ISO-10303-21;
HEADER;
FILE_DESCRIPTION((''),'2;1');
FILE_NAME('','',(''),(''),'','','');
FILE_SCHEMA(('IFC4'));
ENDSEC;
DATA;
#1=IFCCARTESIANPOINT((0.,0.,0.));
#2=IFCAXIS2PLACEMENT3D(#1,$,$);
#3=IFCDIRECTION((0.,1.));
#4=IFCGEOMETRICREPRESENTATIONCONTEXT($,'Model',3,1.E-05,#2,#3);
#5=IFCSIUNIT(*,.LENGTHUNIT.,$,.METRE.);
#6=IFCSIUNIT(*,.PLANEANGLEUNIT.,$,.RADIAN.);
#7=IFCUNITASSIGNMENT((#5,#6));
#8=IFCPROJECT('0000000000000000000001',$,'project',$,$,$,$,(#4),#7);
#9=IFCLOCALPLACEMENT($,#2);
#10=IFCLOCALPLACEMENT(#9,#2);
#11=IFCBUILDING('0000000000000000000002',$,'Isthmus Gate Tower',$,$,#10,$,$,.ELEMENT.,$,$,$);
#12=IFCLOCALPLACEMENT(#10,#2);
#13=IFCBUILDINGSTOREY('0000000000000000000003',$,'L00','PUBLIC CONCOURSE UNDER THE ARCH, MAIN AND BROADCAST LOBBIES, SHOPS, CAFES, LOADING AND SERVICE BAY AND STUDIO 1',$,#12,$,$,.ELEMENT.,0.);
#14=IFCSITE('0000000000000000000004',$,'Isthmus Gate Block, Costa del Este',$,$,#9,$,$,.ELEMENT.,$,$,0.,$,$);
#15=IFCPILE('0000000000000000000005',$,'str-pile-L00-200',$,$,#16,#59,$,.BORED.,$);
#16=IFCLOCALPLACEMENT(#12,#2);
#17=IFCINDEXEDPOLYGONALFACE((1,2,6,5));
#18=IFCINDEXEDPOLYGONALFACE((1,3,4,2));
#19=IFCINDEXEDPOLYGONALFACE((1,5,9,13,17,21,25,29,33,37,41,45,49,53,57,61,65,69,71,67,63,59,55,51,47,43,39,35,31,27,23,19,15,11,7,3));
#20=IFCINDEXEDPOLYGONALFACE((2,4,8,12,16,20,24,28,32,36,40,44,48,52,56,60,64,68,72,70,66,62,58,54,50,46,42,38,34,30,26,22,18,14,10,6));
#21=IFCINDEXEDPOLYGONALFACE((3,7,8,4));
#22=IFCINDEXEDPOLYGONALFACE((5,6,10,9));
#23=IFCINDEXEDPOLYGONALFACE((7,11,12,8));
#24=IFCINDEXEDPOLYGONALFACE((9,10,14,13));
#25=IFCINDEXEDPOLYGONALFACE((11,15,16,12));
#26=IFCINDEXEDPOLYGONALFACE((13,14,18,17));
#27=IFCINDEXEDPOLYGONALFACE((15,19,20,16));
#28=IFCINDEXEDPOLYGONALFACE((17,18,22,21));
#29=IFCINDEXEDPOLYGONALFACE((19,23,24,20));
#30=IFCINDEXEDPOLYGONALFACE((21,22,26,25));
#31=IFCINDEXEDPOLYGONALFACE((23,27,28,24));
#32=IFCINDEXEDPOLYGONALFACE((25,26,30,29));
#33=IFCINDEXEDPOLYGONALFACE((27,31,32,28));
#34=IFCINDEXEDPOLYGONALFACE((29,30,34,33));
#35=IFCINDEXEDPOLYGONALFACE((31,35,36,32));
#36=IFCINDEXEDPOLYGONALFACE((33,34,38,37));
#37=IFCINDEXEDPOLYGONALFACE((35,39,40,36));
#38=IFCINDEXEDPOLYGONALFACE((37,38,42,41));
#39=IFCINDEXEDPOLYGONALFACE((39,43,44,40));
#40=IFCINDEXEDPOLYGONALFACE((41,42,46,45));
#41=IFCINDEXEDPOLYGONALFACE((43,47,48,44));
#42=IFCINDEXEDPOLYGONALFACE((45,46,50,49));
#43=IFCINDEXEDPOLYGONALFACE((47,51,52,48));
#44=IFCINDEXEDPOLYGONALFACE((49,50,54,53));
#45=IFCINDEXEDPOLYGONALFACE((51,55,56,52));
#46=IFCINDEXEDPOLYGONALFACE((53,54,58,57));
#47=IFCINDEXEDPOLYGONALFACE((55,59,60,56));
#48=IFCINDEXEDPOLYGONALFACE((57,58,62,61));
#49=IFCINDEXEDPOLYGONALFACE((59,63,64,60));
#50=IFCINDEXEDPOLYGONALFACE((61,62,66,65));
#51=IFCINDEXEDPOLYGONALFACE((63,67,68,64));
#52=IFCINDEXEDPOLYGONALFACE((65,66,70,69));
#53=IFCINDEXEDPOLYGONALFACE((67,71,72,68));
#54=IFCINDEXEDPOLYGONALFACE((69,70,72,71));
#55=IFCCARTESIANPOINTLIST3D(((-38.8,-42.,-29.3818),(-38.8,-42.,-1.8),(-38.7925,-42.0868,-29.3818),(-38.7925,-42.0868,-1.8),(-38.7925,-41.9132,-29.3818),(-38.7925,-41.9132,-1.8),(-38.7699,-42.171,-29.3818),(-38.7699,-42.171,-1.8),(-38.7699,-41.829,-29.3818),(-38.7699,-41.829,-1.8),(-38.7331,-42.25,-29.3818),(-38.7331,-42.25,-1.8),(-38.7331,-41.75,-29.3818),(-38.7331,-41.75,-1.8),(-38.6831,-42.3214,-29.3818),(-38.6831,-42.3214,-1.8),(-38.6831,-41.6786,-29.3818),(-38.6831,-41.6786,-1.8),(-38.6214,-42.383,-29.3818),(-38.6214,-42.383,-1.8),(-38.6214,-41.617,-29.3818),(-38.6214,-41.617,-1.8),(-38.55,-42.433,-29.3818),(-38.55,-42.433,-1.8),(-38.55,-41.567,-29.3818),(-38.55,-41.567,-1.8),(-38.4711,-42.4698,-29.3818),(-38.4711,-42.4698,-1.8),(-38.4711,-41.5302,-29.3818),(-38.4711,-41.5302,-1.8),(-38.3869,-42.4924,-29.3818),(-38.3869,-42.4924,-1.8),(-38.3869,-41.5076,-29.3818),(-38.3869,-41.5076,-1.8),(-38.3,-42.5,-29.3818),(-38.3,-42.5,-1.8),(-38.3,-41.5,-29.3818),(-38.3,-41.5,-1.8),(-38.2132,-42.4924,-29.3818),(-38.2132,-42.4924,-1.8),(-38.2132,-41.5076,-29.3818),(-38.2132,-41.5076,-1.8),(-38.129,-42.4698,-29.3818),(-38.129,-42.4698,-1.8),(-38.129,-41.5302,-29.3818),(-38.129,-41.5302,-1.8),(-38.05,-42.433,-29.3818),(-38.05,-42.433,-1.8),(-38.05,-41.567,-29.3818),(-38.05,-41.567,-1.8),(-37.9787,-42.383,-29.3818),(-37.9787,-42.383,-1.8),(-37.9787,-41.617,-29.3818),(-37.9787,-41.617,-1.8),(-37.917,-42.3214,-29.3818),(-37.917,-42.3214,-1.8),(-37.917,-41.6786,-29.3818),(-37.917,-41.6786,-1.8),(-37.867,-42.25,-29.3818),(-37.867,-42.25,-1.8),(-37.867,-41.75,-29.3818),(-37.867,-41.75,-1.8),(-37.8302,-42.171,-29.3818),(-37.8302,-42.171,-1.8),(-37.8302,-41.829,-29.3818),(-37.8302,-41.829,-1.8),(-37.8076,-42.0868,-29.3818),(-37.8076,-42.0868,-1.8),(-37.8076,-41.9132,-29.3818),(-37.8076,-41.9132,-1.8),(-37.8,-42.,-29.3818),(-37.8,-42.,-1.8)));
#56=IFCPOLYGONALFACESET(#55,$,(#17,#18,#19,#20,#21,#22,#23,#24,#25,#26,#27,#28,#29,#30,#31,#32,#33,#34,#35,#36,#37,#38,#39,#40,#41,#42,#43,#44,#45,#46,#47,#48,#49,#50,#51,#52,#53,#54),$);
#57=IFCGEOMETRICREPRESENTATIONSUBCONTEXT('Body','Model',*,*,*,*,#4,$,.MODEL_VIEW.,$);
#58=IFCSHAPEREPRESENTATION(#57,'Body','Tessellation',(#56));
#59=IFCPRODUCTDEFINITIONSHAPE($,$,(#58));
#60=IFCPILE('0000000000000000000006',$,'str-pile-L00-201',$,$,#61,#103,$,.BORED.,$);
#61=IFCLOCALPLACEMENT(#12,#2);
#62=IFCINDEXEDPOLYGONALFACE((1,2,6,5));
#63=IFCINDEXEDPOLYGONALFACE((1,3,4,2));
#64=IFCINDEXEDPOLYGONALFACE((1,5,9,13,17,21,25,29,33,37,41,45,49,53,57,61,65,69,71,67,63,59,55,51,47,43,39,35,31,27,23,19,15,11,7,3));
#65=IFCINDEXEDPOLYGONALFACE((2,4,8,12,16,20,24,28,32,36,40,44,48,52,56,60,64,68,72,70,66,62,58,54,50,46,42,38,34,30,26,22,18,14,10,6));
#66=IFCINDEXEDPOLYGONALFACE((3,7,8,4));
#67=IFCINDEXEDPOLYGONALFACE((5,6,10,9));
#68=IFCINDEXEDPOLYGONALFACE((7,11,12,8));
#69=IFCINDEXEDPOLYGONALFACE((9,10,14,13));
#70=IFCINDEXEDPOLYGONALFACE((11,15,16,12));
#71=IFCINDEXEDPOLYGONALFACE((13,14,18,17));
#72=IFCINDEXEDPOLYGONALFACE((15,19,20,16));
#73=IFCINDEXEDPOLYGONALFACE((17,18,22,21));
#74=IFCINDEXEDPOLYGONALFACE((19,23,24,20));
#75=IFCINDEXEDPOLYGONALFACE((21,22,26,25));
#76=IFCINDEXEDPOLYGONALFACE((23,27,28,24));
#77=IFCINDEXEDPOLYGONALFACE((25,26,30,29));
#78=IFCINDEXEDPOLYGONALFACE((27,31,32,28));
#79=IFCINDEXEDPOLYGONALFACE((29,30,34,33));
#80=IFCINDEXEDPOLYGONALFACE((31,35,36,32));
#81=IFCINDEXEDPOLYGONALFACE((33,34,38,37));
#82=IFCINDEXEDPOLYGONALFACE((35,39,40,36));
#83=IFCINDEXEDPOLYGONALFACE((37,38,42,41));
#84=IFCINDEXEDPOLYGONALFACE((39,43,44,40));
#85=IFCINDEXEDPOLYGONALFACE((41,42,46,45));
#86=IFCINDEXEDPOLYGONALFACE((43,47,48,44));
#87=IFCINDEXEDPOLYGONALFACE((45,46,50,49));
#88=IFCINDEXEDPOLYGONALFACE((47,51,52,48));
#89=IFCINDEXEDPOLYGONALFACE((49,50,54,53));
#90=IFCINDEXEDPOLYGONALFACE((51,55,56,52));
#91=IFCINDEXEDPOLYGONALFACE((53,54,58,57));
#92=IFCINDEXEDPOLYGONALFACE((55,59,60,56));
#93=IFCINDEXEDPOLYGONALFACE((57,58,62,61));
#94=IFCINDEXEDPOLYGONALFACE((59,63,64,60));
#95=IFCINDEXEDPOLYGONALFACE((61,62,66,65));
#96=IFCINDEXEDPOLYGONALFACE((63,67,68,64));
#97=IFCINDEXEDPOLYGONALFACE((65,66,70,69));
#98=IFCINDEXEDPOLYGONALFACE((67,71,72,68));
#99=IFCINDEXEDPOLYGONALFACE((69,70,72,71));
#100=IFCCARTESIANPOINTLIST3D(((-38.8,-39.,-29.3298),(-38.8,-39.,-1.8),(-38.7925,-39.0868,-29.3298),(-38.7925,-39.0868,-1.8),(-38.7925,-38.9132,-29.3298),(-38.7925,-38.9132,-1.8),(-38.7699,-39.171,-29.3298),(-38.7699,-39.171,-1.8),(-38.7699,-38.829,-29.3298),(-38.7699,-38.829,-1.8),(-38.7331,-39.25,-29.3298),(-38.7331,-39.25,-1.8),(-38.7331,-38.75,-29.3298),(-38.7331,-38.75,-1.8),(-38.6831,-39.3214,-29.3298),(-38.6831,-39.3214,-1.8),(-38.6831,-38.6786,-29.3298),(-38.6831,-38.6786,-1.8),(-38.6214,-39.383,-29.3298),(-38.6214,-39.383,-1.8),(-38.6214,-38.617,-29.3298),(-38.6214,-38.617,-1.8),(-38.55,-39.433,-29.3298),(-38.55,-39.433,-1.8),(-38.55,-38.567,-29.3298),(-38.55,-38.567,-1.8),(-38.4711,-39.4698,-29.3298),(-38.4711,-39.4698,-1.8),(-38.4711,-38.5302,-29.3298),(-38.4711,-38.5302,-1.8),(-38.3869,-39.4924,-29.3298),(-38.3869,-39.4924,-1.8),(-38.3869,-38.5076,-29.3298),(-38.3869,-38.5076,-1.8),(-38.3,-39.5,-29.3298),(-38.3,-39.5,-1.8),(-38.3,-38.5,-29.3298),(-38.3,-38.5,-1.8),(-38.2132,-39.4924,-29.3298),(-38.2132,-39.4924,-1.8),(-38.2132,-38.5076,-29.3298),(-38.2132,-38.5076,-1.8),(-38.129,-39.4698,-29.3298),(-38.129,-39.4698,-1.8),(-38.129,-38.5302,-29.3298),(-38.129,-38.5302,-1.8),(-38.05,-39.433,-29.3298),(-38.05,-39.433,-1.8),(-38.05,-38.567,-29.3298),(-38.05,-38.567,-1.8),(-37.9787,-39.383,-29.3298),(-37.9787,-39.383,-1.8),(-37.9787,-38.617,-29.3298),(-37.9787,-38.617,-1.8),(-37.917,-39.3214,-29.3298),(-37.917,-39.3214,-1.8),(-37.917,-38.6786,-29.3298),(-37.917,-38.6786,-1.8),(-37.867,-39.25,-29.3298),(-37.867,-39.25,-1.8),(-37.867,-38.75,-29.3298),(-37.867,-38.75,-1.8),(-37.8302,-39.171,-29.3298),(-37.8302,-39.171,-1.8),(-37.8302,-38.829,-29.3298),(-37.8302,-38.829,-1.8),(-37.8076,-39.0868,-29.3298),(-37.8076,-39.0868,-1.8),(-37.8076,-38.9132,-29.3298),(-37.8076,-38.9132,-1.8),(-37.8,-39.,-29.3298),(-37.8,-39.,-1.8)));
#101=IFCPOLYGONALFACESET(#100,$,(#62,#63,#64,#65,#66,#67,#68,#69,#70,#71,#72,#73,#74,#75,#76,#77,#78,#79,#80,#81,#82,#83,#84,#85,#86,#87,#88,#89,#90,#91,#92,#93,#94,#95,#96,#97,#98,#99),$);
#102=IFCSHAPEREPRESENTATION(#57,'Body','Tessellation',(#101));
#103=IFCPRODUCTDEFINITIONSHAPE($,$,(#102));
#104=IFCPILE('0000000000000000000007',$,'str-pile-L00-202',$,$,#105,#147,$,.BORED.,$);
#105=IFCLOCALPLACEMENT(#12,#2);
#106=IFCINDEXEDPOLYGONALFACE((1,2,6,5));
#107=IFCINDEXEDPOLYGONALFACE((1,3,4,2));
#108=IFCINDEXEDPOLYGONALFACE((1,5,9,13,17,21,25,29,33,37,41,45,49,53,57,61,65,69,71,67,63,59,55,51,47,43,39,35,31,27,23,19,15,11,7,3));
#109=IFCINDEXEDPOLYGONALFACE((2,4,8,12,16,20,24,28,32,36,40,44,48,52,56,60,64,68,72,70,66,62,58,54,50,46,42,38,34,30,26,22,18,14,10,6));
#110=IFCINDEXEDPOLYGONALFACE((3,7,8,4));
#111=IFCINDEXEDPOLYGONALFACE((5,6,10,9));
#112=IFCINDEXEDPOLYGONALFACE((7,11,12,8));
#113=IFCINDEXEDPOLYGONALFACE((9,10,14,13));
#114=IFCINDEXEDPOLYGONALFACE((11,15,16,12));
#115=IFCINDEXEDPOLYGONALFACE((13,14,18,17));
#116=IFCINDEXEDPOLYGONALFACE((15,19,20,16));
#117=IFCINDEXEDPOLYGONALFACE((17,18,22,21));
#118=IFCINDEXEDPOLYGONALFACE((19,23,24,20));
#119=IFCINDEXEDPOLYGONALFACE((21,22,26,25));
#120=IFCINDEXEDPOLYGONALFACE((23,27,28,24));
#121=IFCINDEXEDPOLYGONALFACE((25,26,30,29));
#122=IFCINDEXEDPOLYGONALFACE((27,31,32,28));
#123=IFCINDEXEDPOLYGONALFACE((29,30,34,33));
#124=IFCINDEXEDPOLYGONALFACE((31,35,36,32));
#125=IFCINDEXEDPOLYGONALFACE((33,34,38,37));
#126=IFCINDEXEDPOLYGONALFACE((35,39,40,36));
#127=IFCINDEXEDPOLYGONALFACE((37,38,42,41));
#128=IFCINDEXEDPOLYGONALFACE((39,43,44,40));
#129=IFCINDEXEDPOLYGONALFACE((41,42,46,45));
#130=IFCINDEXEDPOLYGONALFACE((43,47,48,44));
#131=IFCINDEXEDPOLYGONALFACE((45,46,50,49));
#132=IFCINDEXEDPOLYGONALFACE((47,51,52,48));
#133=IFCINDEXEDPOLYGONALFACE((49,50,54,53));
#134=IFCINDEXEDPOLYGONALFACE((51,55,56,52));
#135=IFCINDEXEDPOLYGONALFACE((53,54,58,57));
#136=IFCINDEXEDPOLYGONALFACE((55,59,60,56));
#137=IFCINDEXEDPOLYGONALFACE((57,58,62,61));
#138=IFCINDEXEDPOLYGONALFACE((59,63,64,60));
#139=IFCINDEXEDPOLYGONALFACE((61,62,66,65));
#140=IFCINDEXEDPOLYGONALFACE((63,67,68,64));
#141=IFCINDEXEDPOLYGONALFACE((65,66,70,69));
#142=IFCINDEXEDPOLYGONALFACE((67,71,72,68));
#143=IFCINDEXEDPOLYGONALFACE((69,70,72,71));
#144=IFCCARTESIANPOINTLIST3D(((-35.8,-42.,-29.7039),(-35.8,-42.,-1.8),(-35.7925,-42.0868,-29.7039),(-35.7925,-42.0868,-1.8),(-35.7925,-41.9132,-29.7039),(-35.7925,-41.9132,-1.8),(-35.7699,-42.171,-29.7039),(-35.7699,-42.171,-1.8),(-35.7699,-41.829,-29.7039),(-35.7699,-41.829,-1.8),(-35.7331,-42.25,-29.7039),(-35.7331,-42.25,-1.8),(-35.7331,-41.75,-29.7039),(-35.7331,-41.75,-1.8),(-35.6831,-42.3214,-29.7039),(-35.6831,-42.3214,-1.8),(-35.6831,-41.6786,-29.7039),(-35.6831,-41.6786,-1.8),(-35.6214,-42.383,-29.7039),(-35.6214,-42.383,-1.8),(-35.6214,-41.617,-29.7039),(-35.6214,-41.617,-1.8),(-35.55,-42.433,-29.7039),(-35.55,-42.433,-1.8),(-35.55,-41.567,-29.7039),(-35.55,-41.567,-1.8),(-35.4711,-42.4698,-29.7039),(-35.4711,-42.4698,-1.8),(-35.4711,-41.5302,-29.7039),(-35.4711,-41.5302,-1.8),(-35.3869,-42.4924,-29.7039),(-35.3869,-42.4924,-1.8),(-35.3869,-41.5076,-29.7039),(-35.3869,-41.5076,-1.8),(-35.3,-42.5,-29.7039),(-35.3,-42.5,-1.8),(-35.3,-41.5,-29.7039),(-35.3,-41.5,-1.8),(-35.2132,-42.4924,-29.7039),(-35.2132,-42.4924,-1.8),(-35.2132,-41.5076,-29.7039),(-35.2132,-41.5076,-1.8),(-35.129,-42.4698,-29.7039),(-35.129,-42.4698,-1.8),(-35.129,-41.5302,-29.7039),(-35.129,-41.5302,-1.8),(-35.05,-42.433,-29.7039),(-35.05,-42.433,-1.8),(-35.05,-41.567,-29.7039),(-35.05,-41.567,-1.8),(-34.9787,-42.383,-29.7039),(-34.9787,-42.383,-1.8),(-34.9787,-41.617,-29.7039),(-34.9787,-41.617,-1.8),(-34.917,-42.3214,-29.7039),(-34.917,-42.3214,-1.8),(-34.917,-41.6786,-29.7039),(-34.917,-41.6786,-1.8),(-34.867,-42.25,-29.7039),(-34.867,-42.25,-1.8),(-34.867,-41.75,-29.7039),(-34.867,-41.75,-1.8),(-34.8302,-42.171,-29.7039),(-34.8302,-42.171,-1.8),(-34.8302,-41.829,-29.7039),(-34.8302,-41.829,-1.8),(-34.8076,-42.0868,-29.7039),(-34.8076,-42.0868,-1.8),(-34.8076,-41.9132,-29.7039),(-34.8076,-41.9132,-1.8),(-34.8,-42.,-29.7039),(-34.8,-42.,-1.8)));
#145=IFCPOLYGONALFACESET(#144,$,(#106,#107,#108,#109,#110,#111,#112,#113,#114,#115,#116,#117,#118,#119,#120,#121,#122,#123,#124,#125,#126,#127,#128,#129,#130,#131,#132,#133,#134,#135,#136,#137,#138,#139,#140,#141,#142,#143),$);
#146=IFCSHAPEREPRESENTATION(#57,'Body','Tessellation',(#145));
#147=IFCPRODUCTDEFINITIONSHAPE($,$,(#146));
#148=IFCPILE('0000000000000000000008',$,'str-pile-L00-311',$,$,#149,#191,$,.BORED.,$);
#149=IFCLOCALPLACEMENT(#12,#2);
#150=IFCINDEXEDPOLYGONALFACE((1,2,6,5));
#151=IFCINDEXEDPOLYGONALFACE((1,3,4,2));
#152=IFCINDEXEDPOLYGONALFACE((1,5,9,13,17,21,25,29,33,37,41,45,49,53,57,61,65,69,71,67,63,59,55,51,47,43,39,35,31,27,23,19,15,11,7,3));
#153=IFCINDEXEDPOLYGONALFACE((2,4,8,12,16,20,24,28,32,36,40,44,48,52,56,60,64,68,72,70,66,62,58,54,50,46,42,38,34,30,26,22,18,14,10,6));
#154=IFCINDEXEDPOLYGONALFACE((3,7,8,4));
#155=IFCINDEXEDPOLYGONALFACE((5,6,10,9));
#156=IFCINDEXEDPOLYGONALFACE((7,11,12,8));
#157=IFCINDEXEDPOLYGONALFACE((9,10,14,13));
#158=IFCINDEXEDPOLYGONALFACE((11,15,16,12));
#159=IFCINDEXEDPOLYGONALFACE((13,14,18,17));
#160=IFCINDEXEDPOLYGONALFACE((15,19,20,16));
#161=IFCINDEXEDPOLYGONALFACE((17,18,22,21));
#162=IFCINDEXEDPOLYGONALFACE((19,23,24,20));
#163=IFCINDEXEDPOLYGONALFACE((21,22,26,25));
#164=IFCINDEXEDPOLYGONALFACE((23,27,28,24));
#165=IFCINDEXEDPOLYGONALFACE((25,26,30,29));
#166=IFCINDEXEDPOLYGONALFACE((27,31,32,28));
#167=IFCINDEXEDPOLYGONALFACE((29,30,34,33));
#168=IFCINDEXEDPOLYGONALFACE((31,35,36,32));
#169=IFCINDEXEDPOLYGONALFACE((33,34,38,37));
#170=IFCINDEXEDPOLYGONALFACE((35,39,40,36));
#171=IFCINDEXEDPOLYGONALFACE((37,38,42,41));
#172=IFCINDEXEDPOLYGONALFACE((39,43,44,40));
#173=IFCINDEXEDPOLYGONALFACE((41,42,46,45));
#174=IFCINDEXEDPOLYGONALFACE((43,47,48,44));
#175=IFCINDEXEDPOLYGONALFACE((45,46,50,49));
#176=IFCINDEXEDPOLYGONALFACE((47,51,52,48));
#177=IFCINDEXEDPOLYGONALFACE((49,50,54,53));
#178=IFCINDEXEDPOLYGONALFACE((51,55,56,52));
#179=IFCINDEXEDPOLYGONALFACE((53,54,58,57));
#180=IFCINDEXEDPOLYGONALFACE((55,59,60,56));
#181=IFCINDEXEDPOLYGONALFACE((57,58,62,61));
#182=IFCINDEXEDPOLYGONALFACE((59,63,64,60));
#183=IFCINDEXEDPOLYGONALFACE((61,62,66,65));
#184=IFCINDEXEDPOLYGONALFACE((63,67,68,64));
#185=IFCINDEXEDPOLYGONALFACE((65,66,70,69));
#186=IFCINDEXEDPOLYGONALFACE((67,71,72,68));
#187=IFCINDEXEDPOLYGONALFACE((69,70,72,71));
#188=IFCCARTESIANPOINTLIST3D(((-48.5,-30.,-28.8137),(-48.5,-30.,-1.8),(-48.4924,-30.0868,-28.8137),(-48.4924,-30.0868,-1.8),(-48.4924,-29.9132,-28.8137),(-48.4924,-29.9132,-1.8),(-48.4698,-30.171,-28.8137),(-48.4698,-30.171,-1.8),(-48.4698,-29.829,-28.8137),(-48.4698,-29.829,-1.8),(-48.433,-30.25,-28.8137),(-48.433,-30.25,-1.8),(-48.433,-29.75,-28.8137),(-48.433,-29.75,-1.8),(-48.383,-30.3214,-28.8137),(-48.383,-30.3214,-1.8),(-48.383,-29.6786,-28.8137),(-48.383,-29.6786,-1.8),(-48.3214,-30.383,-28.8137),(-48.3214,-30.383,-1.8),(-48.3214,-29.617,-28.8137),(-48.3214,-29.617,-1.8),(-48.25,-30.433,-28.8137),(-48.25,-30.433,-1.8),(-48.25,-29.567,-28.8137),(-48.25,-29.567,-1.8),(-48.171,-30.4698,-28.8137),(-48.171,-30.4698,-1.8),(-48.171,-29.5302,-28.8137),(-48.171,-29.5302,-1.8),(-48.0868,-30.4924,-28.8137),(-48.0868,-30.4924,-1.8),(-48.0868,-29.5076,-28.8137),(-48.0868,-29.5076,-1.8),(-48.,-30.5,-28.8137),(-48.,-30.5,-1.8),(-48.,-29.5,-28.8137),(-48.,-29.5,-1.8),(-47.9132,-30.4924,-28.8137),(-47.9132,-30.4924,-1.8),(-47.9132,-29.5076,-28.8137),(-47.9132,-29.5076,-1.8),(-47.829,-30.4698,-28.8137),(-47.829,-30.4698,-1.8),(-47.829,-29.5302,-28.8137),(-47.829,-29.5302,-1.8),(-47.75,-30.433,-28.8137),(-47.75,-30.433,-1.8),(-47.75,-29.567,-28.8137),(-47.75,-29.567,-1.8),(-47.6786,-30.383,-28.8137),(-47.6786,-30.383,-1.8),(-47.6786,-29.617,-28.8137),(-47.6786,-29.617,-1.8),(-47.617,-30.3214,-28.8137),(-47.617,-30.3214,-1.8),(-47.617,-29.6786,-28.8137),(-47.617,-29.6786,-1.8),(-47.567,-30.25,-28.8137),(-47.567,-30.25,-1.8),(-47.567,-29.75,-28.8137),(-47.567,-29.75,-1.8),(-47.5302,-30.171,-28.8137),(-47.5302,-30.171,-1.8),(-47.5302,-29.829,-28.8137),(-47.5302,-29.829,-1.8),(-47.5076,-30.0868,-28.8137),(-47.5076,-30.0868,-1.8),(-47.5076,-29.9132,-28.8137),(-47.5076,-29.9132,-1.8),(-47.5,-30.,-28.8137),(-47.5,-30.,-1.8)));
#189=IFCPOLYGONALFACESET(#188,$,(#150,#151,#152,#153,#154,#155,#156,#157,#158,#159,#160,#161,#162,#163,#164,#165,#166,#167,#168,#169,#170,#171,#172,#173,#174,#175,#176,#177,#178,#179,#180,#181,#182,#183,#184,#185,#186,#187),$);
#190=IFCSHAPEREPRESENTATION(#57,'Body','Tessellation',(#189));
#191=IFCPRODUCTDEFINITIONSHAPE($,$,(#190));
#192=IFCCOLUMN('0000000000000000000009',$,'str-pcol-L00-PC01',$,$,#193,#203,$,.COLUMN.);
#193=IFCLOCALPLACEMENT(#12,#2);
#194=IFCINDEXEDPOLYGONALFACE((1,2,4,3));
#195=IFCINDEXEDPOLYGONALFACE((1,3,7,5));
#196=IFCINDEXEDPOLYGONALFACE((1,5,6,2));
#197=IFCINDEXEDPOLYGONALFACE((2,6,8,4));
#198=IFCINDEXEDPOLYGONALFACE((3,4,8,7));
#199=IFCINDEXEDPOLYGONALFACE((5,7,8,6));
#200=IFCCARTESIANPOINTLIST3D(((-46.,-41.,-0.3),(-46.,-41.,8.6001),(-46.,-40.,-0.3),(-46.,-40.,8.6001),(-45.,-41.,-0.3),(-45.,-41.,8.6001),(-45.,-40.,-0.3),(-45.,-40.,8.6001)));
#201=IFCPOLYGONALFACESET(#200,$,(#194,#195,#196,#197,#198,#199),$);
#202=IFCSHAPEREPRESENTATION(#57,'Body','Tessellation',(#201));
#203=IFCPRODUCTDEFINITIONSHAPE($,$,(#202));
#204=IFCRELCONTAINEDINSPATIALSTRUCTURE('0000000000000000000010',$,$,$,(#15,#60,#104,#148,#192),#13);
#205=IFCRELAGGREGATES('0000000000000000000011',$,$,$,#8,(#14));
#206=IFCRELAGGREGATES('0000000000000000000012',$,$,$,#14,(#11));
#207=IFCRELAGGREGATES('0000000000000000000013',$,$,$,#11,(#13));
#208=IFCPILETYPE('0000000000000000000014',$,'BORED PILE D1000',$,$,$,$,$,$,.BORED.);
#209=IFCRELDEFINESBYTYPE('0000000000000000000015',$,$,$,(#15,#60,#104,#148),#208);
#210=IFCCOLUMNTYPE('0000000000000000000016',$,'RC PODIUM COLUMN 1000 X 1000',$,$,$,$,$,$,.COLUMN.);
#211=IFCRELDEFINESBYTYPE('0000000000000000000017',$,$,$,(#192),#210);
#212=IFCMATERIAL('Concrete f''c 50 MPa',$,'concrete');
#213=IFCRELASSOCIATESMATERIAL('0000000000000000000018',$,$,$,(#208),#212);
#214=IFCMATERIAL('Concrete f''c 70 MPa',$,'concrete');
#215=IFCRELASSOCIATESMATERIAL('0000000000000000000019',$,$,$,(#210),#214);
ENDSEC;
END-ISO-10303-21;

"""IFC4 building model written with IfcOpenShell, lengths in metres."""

from ifc_helpers import new_model, si_unit, direction, frame, origin, origin_2d, place, context, subcontext, project, spatial, rectangle, circle, extrude, material, material_profile, profile_set, type_object, element, save


model = new_model("IFC4")

# Units and contexts
model_context = context("Model", 3, precision=1e-05, world=origin(), true_north=direction((0.0, 1.0)))
body_context = subcontext(model_context, "Body", "Model", "MODEL_VIEW")
ifc_project = project(units=[si_unit("LENGTHUNIT", "METRE"), si_unit("PLANEANGLEUNIT", "RADIAN")], contexts=[model_context])

# Site, building, storey
site_placement = place(None, origin())
site = spatial("IfcSite", under=ifc_project, at=site_placement, Name="Isthmus Gate Block, Costa del Este", CompositionType="ELEMENT", RefElevation=0.0)
building_placement = place(site_placement, origin())
building = spatial("IfcBuilding", under=site, at=building_placement, Name="Isthmus Gate Tower", CompositionType="ELEMENT")
storey_placement = place(building_placement, origin())
storey = spatial("IfcBuildingStorey", under=building, at=storey_placement, Name="L00", Description="PUBLIC CONCOURSE UNDER THE ARCH, MAIN AND BROADCAST LOBBIES, SHOPS, CAFES, LOADING AND SERVICE BAY AND STUDIO 1", CompositionType="ELEMENT", Elevation=0.0)

# Piles
ifc_material_1 = material(Name="Concrete f'c 50 MPa", Category="concrete")
ifc_material_profile_1 = material_profile(ifc_material_1, circle(Radius=0.5, at=origin_2d()), Name="D1000")
ifc_profile_set_1 = profile_set([ifc_material_profile_1], Name="Concrete f'c 50 MPa")
pile_type = type_object("IfcPileType", Name="BORED PILE D1000", PredefinedType="BORED", material=ifc_profile_set_1)
pile_1_placement = place(storey_placement, frame((-38.3, -42.0, -1.8), z_axis=(0.0, 0.0, -1.0), x_axis=(1.0, 0.0, 0.0)))
element("IfcPile", 1, at=pile_1_placement, inside=storey, type_object=pile_type, Name="str-pile-L00-200", PredefinedType="BORED", context=body_context, shape_type="SweptSolid", body=[
    extrude(circle(Radius=0.5, at=origin_2d()), origin(), (0.0, 0.0, 1.0), 27.5818),
])
pile_2_placement = place(storey_placement, frame((-38.3, -39.0, -1.8), z_axis=(0.0, 0.0, -1.0), x_axis=(1.0, 0.0, 0.0)))
element("IfcPile", 2, at=pile_2_placement, inside=storey, type_object=pile_type, Name="str-pile-L00-201", PredefinedType="BORED", context=body_context, shape_type="SweptSolid", body=[
    extrude(circle(Radius=0.5, at=origin_2d()), origin(), (0.0, 0.0, 1.0), 27.5298),
])
pile_3_placement = place(storey_placement, frame((-35.3, -42.0, -1.8), z_axis=(0.0, 0.0, -1.0), x_axis=(1.0, 0.0, 0.0)))
element("IfcPile", 3, at=pile_3_placement, inside=storey, type_object=pile_type, Name="str-pile-L00-202", PredefinedType="BORED", context=body_context, shape_type="SweptSolid", body=[
    extrude(circle(Radius=0.5, at=origin_2d()), origin(), (0.0, 0.0, 1.0), 27.9038),
])
pile_4_placement = place(storey_placement, frame((-48.0, -30.0, -1.8), z_axis=(0.0, 0.0, -1.0), x_axis=(1.0, 0.0, 0.0)))
element("IfcPile", 4, at=pile_4_placement, inside=storey, type_object=pile_type, Name="str-pile-L00-311", PredefinedType="BORED", context=body_context, shape_type="SweptSolid", body=[
    extrude(circle(Radius=0.5, at=origin_2d()), origin(), (0.0, 0.0, 1.0), 27.0137),
])

# Column
ifc_material_2 = material(Name="Concrete f'c 70 MPa", Category="concrete")
ifc_material_profile_2 = material_profile(ifc_material_2, rectangle(XDim=1.0, YDim=1.0, at=origin_2d()), Name="RC 1000X1000")
ifc_profile_set_2 = profile_set([ifc_material_profile_2], Name="Concrete f'c 70 MPa")
column_type = type_object("IfcColumnType", Name="RC PODIUM COLUMN 1000 X 1000", PredefinedType="COLUMN", material=ifc_profile_set_2)
for number, where, z_axis, x_axis, name in (
    (5, (-45.5, -40.5, -0.3), (0.0, 0.0, 1.0), (1.0, 0.0, 0.0), "str-pcol-L00-PC01"),
):
    element("IfcColumn", number, at=place(storey_placement, frame(where, z_axis=z_axis, x_axis=x_axis)), inside=storey, type_object=column_type, Name=name, PredefinedType="COLUMN", context=body_context, shape_type="SweptSolid", body=[
        extrude(rectangle(XDim=1.0, YDim=1.0, at=origin_2d()), origin(), (0.0, 0.0, 1.0), 8.9001),
    ])

save(model, "model.ifc")
